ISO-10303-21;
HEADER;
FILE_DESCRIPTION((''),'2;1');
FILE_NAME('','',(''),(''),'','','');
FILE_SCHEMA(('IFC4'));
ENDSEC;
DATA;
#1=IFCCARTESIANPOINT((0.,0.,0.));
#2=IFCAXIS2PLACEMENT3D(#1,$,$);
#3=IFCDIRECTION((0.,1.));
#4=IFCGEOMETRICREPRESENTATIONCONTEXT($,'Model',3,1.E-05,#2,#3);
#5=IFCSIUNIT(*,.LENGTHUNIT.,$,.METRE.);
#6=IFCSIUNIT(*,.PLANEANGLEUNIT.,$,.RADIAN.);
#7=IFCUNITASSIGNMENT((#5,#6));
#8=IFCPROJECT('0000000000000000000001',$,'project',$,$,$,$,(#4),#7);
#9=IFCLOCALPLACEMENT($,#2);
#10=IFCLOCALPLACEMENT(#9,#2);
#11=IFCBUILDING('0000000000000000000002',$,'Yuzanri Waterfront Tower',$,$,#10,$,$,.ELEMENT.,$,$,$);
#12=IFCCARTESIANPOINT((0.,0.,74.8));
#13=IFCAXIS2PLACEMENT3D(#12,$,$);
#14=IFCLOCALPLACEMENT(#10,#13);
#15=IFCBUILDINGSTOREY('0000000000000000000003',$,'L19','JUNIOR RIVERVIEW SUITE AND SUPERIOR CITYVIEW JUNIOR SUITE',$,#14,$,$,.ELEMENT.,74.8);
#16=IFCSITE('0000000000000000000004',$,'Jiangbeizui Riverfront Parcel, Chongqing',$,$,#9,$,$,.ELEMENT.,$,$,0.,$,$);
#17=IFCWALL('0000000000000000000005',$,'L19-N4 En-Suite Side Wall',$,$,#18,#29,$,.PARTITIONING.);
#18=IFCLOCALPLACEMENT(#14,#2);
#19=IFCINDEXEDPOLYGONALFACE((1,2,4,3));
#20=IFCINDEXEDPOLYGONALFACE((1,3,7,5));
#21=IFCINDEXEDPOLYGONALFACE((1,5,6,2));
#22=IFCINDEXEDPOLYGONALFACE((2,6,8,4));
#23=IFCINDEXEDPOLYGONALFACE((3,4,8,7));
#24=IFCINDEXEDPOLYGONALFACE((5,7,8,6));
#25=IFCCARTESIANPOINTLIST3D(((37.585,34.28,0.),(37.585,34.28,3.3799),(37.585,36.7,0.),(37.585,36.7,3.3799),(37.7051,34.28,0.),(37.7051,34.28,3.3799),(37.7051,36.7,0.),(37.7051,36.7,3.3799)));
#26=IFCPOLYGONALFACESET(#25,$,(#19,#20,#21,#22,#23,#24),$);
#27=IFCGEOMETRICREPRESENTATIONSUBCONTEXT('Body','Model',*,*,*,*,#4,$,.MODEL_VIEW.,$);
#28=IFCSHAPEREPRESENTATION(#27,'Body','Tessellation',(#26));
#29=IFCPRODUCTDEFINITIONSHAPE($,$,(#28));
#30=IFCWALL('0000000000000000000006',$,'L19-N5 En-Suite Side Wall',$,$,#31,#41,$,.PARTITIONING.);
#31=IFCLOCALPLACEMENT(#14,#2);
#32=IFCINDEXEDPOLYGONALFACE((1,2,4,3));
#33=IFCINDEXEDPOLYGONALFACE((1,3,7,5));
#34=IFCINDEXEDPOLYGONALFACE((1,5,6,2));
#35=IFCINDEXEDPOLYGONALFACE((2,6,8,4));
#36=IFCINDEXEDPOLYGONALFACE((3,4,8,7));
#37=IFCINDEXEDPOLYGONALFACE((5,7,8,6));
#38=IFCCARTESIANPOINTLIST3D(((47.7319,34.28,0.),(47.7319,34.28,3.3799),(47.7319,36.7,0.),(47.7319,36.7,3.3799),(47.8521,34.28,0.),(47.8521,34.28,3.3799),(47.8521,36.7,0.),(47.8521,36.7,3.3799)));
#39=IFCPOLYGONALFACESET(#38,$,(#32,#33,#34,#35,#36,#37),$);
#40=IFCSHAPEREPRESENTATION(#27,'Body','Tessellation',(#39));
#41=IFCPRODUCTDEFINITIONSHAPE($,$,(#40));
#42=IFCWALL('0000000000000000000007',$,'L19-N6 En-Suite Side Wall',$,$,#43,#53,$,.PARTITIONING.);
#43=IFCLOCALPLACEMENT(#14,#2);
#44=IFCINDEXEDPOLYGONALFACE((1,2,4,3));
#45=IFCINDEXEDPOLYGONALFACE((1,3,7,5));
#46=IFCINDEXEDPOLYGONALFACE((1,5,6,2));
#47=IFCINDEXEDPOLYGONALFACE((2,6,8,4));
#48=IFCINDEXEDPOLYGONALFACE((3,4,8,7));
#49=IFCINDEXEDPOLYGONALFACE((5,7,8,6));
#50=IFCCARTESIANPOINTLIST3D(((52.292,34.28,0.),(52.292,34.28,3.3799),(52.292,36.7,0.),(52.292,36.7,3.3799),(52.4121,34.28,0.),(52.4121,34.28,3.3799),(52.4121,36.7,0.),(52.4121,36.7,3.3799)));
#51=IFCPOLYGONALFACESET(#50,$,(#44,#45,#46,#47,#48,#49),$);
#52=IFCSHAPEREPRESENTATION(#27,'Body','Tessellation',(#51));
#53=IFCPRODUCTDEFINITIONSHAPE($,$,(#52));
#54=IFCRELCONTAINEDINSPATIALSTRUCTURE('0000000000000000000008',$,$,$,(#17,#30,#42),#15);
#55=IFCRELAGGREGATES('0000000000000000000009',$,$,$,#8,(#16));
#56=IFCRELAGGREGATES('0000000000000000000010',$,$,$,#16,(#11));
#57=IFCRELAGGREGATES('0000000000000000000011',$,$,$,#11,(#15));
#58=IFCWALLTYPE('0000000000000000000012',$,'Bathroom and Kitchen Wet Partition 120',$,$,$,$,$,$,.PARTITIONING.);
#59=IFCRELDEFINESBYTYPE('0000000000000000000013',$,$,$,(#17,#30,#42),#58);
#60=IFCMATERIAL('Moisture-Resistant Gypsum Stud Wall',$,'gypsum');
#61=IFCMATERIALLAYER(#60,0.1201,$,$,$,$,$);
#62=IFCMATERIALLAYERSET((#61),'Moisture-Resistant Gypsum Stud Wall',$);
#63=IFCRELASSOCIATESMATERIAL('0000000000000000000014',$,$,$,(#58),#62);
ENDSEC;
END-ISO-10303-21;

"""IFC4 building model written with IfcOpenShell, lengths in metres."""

from ifc_helpers import new_model, si_unit, direction, frame, frame_2d, origin, place, context, subcontext, project, spatial, rectangle, extrude, source, transform, mapped, material, layer, layer_set, type_object, element, save


model = new_model("IFC4")

# Units and contexts
model_context = context("Model", 3, precision=1e-05, world=origin(), true_north=direction((0.0, 1.0)))
body_context = subcontext(model_context, "Body", "Model", "MODEL_VIEW")
ifc_project = project(units=[si_unit("LENGTHUNIT", "METRE"), si_unit("PLANEANGLEUNIT", "RADIAN")], contexts=[model_context])

# Site, building, storey
site_placement = place(None, origin())
site = spatial("IfcSite", under=ifc_project, at=site_placement, Name="Jiangbeizui Riverfront Parcel, Chongqing", CompositionType="ELEMENT", RefElevation=0.0)
building_placement = place(site_placement, origin())
building = spatial("IfcBuilding", under=site, at=building_placement, Name="Yuzanri Waterfront Tower", CompositionType="ELEMENT")
storey_placement = place(building_placement, frame((0.0, 0.0, 74.8)))
storey = spatial("IfcBuildingStorey", under=building, at=storey_placement, Name="L19", Description="JUNIOR RIVERVIEW SUITE AND SUPERIOR CITYVIEW JUNIOR SUITE", CompositionType="ELEMENT", Elevation=74.8)

# Shared definitions
ifc_material_1 = material(Name="Moisture-Resistant Gypsum Stud Wall", Category="gypsum")
ifc_layer_1 = layer(ifc_material_1, 0.1201)
ifc_layer_set_1 = layer_set([ifc_layer_1], Name="Moisture-Resistant Gypsum Stud Wall")
wall_type_1 = type_object("IfcWallType", Name="Bathroom and Kitchen Wet Partition 120", PredefinedType="PARTITIONING", material=ifc_layer_set_1)

# Walls
shared_shape_1 = source(origin(), body_context, "Body", "SweptSolid", [
    extrude(rectangle(XDim=2.4199, YDim=0.1201, at=frame_2d((1.21, 0.0))), origin(), (0.0, 0.0, 1.0), 3.3799),
])
for number, where, z_axis, x_axis, name in (
    (1, (37.645, 34.28, 0.0), (0.0, 0.0, 1.0), (0.0, 1.0, 0.0), "L19-N4 En-Suite Side Wall"),
    (2, (47.792, 34.28, 0.0), (0.0, 0.0, 1.0), (0.0, 1.0, 0.0), "L19-N5 En-Suite Side Wall"),
    (3, (52.3521, 34.28, 0.0), (0.0, 0.0, 1.0), (0.0, 1.0, 0.0), "L19-N6 En-Suite Side Wall"),
):
    element("IfcWall", number, at=place(storey_placement, frame(where, z_axis=z_axis, x_axis=x_axis)), inside=storey, type_object=wall_type_1, Name=name, PredefinedType="PARTITIONING", context=body_context, shape_type="MappedRepresentation", body=[
        mapped(shared_shape_1, transform((0.0, 0.0, 0.0), scale=1.0)),
    ])

save(model, "model.ifc")
